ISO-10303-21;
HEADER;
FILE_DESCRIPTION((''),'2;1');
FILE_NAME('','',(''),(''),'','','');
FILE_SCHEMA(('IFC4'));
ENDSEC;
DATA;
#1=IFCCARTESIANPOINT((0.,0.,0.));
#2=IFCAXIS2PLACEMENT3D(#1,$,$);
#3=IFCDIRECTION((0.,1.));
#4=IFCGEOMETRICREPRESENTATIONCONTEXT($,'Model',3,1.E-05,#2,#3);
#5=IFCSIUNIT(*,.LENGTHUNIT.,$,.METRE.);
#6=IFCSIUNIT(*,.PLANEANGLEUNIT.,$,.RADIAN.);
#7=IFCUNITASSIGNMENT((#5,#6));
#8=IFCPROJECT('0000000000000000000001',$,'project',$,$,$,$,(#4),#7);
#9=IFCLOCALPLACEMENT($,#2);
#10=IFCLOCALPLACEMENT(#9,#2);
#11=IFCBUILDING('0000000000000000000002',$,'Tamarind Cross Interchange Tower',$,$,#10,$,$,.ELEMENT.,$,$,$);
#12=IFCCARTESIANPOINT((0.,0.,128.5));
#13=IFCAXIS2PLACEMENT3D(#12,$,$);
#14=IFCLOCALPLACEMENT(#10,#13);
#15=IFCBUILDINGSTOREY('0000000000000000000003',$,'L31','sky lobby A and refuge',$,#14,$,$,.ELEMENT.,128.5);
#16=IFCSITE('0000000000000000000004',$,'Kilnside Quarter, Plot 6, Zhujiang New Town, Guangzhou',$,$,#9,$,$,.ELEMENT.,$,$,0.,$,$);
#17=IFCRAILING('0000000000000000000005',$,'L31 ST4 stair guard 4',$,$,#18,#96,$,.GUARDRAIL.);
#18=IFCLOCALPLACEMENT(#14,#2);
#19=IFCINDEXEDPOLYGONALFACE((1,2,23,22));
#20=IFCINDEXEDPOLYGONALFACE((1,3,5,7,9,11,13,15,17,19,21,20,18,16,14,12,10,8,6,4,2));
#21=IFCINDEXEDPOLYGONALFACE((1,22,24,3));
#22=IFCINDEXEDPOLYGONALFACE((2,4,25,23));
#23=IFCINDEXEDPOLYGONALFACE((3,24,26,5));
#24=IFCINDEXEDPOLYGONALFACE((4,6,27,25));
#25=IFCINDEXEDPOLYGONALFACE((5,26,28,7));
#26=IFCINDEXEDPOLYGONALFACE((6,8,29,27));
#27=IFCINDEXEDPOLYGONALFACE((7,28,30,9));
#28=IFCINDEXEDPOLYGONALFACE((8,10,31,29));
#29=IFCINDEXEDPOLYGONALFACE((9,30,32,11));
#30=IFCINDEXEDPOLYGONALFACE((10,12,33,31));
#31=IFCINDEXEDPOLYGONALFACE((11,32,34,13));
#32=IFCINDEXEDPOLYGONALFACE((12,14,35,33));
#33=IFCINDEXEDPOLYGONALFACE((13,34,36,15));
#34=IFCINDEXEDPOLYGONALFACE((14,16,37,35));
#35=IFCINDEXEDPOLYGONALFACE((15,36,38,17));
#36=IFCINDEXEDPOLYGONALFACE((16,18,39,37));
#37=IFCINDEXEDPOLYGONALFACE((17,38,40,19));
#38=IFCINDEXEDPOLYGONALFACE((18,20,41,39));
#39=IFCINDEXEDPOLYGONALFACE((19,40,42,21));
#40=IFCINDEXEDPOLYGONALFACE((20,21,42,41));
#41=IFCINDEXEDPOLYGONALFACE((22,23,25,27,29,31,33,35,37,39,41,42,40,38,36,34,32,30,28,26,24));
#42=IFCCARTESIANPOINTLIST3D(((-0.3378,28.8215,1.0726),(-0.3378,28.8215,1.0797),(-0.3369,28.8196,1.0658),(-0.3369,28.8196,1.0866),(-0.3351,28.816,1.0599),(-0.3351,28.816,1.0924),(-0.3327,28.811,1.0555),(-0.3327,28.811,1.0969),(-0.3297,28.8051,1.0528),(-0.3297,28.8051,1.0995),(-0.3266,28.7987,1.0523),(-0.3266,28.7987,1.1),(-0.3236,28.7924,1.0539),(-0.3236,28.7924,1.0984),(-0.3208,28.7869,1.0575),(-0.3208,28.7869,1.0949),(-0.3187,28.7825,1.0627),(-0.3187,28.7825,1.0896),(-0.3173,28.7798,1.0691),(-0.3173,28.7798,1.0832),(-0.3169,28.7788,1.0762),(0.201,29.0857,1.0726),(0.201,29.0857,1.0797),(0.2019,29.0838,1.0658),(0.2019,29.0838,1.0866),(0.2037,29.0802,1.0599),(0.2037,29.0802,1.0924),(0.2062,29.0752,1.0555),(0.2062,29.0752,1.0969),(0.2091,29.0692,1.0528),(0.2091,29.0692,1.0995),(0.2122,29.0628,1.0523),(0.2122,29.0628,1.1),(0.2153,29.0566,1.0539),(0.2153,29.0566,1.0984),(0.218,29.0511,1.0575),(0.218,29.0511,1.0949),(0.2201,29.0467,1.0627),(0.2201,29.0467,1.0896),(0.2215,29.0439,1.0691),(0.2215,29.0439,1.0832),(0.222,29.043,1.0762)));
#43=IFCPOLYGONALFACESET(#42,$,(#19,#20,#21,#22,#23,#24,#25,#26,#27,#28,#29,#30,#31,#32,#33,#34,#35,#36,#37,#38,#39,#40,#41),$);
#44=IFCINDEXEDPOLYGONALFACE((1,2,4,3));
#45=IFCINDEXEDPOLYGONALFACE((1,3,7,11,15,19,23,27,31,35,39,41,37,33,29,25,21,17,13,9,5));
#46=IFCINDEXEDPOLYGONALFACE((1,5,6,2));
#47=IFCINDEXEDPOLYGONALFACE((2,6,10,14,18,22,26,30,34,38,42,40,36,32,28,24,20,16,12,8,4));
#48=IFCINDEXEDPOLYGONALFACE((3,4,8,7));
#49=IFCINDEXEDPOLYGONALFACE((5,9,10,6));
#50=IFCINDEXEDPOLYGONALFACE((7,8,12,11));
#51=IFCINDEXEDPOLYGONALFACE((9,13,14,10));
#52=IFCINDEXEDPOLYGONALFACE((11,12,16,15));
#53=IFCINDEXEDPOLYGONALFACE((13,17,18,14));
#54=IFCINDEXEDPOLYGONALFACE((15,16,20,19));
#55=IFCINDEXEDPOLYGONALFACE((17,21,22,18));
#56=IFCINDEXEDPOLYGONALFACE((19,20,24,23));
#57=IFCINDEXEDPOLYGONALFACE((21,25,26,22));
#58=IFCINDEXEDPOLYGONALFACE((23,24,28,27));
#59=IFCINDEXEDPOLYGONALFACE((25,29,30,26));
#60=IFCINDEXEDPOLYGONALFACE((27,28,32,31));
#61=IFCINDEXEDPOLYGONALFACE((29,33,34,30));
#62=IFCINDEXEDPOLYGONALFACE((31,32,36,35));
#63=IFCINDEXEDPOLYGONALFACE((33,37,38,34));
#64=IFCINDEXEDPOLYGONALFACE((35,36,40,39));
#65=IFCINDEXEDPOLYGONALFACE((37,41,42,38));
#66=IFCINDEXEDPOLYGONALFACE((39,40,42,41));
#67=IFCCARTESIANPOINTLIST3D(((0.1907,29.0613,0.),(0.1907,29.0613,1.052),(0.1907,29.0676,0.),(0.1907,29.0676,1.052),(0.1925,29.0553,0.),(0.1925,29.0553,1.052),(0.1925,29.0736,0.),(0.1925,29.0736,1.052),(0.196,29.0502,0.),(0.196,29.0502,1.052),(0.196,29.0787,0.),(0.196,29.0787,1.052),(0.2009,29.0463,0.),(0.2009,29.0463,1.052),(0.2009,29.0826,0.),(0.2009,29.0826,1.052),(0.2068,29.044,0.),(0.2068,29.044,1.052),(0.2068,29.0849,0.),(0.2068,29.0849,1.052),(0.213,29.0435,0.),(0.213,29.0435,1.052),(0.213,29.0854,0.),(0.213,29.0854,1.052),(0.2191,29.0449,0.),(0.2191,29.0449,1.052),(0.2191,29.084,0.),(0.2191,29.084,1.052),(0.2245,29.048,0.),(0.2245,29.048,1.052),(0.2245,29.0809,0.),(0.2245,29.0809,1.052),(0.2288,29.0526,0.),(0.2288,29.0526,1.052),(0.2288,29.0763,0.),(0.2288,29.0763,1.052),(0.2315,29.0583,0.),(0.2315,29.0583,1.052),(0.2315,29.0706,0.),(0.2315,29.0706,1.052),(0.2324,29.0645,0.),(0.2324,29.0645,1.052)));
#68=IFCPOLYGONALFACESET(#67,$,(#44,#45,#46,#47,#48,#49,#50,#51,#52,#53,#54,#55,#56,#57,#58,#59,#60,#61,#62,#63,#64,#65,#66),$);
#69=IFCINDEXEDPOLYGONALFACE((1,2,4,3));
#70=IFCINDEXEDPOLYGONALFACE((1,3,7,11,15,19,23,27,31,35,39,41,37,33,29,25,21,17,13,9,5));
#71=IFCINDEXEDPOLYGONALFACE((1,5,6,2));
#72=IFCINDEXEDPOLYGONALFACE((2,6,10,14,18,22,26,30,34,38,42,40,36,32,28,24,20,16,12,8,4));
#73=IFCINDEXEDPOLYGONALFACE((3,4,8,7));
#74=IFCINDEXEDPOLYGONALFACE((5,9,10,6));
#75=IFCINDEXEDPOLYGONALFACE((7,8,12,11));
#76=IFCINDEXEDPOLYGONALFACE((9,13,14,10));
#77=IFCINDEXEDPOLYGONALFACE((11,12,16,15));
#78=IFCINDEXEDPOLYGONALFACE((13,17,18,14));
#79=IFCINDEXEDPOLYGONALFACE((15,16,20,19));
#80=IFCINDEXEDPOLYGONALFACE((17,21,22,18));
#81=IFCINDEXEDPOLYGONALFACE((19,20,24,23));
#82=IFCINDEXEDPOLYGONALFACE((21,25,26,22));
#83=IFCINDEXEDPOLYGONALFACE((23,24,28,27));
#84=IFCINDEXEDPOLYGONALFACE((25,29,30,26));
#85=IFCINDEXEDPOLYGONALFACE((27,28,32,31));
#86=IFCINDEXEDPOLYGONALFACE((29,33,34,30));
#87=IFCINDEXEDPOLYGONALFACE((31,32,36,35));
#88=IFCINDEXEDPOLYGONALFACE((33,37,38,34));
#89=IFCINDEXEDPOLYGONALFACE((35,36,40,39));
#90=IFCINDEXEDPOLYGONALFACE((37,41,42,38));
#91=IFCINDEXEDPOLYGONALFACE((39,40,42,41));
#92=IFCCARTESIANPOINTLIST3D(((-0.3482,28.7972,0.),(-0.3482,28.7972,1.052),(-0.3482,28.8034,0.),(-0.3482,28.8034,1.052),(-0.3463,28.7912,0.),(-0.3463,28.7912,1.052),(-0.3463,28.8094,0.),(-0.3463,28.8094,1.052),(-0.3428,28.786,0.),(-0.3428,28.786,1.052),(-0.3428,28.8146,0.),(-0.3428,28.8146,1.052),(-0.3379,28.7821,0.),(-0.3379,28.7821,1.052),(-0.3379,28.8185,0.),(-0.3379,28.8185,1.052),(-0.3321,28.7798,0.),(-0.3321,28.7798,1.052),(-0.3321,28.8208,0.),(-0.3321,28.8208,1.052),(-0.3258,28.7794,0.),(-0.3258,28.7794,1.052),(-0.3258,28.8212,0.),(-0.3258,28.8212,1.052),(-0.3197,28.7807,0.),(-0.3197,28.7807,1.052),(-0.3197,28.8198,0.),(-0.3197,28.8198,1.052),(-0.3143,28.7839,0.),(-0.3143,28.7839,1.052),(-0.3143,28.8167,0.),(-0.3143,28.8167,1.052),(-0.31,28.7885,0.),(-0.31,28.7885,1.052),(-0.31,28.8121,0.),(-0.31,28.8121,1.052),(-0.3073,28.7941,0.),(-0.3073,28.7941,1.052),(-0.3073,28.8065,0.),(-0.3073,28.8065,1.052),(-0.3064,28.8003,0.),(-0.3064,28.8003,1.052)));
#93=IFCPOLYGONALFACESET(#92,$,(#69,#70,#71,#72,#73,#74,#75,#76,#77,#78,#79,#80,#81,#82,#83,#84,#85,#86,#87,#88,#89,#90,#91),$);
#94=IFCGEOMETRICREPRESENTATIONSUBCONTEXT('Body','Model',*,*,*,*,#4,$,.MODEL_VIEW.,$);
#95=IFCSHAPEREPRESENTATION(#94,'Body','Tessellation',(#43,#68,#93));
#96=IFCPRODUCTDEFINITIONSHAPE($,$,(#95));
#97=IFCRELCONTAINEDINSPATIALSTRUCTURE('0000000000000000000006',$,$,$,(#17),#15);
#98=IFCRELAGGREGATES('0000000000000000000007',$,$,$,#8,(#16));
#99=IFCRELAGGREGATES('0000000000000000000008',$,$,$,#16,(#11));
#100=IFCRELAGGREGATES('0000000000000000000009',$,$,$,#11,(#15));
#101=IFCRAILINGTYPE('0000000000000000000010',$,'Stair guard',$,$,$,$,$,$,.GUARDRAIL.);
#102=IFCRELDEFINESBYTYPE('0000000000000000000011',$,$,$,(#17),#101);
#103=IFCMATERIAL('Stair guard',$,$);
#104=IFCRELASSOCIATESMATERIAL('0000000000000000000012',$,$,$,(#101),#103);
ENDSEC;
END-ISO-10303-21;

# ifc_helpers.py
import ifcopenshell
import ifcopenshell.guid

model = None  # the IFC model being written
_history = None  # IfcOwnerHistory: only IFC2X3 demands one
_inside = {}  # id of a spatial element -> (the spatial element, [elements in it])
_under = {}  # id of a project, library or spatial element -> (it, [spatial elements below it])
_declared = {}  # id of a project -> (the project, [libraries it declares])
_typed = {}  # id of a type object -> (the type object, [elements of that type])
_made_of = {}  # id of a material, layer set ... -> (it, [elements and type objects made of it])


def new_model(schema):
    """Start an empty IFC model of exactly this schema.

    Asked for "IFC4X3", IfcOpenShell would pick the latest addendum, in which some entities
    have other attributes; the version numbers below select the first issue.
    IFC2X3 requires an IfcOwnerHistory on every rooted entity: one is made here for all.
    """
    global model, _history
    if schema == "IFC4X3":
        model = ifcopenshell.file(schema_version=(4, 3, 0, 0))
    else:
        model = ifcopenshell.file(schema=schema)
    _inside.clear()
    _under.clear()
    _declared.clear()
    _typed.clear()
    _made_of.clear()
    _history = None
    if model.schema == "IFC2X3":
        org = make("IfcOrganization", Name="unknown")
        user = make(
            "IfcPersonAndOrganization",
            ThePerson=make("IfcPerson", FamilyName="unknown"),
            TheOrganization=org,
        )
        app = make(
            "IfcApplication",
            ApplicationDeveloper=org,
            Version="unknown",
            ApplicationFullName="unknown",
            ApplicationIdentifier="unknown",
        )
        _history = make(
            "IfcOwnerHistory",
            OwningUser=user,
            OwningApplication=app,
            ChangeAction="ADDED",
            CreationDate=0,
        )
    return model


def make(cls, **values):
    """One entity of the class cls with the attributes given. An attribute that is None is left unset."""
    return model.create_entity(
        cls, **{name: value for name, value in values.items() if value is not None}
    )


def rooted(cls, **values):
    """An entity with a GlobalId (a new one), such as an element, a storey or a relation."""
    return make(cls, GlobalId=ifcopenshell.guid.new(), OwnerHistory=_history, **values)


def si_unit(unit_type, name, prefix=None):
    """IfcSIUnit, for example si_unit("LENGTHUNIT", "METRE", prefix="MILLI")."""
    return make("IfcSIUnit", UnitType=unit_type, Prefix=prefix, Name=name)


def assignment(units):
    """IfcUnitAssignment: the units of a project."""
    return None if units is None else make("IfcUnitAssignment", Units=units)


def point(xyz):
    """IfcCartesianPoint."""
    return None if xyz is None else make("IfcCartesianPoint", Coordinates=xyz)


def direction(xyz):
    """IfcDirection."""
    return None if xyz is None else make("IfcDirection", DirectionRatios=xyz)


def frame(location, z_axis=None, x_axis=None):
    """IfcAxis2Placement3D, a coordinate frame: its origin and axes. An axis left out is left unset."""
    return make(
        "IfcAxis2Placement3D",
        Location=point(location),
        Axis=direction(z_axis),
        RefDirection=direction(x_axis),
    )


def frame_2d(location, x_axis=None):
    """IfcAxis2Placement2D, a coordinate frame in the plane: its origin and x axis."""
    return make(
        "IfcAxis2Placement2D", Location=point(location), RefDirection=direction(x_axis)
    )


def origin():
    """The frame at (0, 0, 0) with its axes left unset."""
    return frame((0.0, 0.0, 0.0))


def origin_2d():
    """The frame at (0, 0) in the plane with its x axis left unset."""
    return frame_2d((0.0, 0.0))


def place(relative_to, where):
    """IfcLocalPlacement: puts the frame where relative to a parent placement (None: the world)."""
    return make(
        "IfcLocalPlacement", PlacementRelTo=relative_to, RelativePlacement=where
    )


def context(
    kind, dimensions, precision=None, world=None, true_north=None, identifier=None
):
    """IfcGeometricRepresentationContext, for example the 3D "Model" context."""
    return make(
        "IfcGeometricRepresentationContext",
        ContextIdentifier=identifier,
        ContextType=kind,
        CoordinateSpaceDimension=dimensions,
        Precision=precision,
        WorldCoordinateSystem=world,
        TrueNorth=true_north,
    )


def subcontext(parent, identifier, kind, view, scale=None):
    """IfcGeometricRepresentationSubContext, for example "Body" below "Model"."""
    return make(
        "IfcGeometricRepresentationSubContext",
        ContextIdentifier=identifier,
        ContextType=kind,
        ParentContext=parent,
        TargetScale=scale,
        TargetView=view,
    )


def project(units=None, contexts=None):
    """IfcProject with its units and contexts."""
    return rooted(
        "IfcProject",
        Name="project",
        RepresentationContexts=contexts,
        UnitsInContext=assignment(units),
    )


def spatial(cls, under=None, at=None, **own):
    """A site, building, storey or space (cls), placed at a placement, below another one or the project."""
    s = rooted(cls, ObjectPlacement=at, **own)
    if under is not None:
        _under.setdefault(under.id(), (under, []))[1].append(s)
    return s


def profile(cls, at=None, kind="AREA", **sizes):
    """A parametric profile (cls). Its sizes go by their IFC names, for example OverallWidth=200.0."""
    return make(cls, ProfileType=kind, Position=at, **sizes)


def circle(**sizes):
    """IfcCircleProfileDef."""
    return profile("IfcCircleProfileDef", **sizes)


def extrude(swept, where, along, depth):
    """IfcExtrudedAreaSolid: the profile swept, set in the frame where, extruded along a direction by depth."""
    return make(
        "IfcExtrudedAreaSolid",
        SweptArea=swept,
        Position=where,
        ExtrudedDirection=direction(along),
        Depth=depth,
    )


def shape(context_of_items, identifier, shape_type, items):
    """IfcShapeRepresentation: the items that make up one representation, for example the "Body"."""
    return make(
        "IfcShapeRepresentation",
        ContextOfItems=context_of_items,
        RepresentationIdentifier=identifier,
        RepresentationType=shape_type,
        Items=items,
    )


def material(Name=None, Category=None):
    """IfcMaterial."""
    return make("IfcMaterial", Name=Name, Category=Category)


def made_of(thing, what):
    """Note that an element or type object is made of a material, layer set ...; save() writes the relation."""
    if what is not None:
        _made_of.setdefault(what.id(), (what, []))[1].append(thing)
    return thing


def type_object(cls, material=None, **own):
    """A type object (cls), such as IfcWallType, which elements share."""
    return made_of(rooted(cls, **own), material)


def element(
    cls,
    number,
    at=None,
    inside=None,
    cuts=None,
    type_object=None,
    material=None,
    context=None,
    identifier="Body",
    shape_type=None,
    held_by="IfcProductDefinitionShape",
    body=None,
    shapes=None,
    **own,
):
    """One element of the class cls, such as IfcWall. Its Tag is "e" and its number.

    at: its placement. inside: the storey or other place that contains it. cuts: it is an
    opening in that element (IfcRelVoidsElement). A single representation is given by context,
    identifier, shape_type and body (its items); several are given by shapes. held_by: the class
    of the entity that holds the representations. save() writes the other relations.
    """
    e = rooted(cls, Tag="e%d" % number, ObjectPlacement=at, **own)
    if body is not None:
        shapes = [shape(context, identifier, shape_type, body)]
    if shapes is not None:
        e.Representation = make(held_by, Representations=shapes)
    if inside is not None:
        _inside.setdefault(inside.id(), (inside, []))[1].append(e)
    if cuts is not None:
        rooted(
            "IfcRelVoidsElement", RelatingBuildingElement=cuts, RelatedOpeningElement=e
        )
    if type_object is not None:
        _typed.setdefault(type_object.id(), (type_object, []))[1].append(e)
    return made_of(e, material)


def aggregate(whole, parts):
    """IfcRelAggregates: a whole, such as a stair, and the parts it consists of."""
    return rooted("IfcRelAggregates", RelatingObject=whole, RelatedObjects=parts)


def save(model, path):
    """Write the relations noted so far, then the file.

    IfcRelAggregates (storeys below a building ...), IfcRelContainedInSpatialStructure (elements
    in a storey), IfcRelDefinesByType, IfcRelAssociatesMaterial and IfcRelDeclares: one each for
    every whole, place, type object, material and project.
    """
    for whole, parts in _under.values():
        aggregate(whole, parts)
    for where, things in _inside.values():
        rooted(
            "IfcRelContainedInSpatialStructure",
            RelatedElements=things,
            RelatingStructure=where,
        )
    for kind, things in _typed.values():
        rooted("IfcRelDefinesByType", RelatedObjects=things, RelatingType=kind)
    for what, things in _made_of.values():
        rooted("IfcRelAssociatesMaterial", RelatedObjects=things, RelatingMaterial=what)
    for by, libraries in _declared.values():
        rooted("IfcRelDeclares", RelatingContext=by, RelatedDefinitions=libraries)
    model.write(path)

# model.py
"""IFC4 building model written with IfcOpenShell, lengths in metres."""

from ifc_helpers import new_model, si_unit, direction, frame, origin, origin_2d, place, context, subcontext, project, spatial, circle, extrude, material, type_object, element, save


model = new_model("IFC4")

# Units and contexts
model_context = context("Model", 3, precision=1e-05, world=origin(), true_north=direction((0.0, 1.0)))
body_context = subcontext(model_context, "Body", "Model", "MODEL_VIEW")
ifc_project = project(units=[si_unit("LENGTHUNIT", "METRE"), si_unit("PLANEANGLEUNIT", "RADIAN")], contexts=[model_context])

# Site, building, storey
site_placement = place(None, origin())
site = spatial("IfcSite", under=ifc_project, at=site_placement, Name="Kilnside Quarter, Plot 6, Zhujiang New Town, Guangzhou", CompositionType="ELEMENT", RefElevation=0.0)
building_placement = place(site_placement, origin())
building = spatial("IfcBuilding", under=site, at=building_placement, Name="Tamarind Cross Interchange Tower", CompositionType="ELEMENT")
storey_placement = place(building_placement, frame((0.0, 0.0, 128.5)))
storey = spatial("IfcBuildingStorey", under=building, at=storey_placement, Name="L31", Description="sky lobby A and refuge", CompositionType="ELEMENT", Elevation=128.5)

# Railing
ifc_material_1 = material(Name="Stair guard")
railing_type_1 = type_object("IfcRailingType", Name="Stair guard", PredefinedType="GUARDRAIL", material=ifc_material_1)
railing_1_placement = place(storey_placement, frame((0.2114, 29.0645, 0.0)))
element("IfcRailing", 1, at=railing_1_placement, inside=storey, type_object=railing_type_1, Name="L31 ST4 stair guard 4", PredefinedType="GUARDRAIL", context=body_context, shape_type="SweptSolid", body=[
    extrude(circle(Radius=0.0239, at=origin_2d()), frame((0.0, 0.0, 1.0762), z_axis=(-0.897899, -0.440202, 0.0), x_axis=(0.440202, -0.897899, 0.0)), (0.0, 0.0, 1.0), 0.6001),
    extrude(circle(Radius=0.021, at=origin_2d()), origin(), (0.0, 0.0, 1.0), 1.052),
    extrude(circle(Radius=0.021, at=origin_2d()), frame((-0.5388, -0.2642, 0.0)), (0.0, 0.0, 1.0), 1.052),
])

save(model, "model.ifc")
